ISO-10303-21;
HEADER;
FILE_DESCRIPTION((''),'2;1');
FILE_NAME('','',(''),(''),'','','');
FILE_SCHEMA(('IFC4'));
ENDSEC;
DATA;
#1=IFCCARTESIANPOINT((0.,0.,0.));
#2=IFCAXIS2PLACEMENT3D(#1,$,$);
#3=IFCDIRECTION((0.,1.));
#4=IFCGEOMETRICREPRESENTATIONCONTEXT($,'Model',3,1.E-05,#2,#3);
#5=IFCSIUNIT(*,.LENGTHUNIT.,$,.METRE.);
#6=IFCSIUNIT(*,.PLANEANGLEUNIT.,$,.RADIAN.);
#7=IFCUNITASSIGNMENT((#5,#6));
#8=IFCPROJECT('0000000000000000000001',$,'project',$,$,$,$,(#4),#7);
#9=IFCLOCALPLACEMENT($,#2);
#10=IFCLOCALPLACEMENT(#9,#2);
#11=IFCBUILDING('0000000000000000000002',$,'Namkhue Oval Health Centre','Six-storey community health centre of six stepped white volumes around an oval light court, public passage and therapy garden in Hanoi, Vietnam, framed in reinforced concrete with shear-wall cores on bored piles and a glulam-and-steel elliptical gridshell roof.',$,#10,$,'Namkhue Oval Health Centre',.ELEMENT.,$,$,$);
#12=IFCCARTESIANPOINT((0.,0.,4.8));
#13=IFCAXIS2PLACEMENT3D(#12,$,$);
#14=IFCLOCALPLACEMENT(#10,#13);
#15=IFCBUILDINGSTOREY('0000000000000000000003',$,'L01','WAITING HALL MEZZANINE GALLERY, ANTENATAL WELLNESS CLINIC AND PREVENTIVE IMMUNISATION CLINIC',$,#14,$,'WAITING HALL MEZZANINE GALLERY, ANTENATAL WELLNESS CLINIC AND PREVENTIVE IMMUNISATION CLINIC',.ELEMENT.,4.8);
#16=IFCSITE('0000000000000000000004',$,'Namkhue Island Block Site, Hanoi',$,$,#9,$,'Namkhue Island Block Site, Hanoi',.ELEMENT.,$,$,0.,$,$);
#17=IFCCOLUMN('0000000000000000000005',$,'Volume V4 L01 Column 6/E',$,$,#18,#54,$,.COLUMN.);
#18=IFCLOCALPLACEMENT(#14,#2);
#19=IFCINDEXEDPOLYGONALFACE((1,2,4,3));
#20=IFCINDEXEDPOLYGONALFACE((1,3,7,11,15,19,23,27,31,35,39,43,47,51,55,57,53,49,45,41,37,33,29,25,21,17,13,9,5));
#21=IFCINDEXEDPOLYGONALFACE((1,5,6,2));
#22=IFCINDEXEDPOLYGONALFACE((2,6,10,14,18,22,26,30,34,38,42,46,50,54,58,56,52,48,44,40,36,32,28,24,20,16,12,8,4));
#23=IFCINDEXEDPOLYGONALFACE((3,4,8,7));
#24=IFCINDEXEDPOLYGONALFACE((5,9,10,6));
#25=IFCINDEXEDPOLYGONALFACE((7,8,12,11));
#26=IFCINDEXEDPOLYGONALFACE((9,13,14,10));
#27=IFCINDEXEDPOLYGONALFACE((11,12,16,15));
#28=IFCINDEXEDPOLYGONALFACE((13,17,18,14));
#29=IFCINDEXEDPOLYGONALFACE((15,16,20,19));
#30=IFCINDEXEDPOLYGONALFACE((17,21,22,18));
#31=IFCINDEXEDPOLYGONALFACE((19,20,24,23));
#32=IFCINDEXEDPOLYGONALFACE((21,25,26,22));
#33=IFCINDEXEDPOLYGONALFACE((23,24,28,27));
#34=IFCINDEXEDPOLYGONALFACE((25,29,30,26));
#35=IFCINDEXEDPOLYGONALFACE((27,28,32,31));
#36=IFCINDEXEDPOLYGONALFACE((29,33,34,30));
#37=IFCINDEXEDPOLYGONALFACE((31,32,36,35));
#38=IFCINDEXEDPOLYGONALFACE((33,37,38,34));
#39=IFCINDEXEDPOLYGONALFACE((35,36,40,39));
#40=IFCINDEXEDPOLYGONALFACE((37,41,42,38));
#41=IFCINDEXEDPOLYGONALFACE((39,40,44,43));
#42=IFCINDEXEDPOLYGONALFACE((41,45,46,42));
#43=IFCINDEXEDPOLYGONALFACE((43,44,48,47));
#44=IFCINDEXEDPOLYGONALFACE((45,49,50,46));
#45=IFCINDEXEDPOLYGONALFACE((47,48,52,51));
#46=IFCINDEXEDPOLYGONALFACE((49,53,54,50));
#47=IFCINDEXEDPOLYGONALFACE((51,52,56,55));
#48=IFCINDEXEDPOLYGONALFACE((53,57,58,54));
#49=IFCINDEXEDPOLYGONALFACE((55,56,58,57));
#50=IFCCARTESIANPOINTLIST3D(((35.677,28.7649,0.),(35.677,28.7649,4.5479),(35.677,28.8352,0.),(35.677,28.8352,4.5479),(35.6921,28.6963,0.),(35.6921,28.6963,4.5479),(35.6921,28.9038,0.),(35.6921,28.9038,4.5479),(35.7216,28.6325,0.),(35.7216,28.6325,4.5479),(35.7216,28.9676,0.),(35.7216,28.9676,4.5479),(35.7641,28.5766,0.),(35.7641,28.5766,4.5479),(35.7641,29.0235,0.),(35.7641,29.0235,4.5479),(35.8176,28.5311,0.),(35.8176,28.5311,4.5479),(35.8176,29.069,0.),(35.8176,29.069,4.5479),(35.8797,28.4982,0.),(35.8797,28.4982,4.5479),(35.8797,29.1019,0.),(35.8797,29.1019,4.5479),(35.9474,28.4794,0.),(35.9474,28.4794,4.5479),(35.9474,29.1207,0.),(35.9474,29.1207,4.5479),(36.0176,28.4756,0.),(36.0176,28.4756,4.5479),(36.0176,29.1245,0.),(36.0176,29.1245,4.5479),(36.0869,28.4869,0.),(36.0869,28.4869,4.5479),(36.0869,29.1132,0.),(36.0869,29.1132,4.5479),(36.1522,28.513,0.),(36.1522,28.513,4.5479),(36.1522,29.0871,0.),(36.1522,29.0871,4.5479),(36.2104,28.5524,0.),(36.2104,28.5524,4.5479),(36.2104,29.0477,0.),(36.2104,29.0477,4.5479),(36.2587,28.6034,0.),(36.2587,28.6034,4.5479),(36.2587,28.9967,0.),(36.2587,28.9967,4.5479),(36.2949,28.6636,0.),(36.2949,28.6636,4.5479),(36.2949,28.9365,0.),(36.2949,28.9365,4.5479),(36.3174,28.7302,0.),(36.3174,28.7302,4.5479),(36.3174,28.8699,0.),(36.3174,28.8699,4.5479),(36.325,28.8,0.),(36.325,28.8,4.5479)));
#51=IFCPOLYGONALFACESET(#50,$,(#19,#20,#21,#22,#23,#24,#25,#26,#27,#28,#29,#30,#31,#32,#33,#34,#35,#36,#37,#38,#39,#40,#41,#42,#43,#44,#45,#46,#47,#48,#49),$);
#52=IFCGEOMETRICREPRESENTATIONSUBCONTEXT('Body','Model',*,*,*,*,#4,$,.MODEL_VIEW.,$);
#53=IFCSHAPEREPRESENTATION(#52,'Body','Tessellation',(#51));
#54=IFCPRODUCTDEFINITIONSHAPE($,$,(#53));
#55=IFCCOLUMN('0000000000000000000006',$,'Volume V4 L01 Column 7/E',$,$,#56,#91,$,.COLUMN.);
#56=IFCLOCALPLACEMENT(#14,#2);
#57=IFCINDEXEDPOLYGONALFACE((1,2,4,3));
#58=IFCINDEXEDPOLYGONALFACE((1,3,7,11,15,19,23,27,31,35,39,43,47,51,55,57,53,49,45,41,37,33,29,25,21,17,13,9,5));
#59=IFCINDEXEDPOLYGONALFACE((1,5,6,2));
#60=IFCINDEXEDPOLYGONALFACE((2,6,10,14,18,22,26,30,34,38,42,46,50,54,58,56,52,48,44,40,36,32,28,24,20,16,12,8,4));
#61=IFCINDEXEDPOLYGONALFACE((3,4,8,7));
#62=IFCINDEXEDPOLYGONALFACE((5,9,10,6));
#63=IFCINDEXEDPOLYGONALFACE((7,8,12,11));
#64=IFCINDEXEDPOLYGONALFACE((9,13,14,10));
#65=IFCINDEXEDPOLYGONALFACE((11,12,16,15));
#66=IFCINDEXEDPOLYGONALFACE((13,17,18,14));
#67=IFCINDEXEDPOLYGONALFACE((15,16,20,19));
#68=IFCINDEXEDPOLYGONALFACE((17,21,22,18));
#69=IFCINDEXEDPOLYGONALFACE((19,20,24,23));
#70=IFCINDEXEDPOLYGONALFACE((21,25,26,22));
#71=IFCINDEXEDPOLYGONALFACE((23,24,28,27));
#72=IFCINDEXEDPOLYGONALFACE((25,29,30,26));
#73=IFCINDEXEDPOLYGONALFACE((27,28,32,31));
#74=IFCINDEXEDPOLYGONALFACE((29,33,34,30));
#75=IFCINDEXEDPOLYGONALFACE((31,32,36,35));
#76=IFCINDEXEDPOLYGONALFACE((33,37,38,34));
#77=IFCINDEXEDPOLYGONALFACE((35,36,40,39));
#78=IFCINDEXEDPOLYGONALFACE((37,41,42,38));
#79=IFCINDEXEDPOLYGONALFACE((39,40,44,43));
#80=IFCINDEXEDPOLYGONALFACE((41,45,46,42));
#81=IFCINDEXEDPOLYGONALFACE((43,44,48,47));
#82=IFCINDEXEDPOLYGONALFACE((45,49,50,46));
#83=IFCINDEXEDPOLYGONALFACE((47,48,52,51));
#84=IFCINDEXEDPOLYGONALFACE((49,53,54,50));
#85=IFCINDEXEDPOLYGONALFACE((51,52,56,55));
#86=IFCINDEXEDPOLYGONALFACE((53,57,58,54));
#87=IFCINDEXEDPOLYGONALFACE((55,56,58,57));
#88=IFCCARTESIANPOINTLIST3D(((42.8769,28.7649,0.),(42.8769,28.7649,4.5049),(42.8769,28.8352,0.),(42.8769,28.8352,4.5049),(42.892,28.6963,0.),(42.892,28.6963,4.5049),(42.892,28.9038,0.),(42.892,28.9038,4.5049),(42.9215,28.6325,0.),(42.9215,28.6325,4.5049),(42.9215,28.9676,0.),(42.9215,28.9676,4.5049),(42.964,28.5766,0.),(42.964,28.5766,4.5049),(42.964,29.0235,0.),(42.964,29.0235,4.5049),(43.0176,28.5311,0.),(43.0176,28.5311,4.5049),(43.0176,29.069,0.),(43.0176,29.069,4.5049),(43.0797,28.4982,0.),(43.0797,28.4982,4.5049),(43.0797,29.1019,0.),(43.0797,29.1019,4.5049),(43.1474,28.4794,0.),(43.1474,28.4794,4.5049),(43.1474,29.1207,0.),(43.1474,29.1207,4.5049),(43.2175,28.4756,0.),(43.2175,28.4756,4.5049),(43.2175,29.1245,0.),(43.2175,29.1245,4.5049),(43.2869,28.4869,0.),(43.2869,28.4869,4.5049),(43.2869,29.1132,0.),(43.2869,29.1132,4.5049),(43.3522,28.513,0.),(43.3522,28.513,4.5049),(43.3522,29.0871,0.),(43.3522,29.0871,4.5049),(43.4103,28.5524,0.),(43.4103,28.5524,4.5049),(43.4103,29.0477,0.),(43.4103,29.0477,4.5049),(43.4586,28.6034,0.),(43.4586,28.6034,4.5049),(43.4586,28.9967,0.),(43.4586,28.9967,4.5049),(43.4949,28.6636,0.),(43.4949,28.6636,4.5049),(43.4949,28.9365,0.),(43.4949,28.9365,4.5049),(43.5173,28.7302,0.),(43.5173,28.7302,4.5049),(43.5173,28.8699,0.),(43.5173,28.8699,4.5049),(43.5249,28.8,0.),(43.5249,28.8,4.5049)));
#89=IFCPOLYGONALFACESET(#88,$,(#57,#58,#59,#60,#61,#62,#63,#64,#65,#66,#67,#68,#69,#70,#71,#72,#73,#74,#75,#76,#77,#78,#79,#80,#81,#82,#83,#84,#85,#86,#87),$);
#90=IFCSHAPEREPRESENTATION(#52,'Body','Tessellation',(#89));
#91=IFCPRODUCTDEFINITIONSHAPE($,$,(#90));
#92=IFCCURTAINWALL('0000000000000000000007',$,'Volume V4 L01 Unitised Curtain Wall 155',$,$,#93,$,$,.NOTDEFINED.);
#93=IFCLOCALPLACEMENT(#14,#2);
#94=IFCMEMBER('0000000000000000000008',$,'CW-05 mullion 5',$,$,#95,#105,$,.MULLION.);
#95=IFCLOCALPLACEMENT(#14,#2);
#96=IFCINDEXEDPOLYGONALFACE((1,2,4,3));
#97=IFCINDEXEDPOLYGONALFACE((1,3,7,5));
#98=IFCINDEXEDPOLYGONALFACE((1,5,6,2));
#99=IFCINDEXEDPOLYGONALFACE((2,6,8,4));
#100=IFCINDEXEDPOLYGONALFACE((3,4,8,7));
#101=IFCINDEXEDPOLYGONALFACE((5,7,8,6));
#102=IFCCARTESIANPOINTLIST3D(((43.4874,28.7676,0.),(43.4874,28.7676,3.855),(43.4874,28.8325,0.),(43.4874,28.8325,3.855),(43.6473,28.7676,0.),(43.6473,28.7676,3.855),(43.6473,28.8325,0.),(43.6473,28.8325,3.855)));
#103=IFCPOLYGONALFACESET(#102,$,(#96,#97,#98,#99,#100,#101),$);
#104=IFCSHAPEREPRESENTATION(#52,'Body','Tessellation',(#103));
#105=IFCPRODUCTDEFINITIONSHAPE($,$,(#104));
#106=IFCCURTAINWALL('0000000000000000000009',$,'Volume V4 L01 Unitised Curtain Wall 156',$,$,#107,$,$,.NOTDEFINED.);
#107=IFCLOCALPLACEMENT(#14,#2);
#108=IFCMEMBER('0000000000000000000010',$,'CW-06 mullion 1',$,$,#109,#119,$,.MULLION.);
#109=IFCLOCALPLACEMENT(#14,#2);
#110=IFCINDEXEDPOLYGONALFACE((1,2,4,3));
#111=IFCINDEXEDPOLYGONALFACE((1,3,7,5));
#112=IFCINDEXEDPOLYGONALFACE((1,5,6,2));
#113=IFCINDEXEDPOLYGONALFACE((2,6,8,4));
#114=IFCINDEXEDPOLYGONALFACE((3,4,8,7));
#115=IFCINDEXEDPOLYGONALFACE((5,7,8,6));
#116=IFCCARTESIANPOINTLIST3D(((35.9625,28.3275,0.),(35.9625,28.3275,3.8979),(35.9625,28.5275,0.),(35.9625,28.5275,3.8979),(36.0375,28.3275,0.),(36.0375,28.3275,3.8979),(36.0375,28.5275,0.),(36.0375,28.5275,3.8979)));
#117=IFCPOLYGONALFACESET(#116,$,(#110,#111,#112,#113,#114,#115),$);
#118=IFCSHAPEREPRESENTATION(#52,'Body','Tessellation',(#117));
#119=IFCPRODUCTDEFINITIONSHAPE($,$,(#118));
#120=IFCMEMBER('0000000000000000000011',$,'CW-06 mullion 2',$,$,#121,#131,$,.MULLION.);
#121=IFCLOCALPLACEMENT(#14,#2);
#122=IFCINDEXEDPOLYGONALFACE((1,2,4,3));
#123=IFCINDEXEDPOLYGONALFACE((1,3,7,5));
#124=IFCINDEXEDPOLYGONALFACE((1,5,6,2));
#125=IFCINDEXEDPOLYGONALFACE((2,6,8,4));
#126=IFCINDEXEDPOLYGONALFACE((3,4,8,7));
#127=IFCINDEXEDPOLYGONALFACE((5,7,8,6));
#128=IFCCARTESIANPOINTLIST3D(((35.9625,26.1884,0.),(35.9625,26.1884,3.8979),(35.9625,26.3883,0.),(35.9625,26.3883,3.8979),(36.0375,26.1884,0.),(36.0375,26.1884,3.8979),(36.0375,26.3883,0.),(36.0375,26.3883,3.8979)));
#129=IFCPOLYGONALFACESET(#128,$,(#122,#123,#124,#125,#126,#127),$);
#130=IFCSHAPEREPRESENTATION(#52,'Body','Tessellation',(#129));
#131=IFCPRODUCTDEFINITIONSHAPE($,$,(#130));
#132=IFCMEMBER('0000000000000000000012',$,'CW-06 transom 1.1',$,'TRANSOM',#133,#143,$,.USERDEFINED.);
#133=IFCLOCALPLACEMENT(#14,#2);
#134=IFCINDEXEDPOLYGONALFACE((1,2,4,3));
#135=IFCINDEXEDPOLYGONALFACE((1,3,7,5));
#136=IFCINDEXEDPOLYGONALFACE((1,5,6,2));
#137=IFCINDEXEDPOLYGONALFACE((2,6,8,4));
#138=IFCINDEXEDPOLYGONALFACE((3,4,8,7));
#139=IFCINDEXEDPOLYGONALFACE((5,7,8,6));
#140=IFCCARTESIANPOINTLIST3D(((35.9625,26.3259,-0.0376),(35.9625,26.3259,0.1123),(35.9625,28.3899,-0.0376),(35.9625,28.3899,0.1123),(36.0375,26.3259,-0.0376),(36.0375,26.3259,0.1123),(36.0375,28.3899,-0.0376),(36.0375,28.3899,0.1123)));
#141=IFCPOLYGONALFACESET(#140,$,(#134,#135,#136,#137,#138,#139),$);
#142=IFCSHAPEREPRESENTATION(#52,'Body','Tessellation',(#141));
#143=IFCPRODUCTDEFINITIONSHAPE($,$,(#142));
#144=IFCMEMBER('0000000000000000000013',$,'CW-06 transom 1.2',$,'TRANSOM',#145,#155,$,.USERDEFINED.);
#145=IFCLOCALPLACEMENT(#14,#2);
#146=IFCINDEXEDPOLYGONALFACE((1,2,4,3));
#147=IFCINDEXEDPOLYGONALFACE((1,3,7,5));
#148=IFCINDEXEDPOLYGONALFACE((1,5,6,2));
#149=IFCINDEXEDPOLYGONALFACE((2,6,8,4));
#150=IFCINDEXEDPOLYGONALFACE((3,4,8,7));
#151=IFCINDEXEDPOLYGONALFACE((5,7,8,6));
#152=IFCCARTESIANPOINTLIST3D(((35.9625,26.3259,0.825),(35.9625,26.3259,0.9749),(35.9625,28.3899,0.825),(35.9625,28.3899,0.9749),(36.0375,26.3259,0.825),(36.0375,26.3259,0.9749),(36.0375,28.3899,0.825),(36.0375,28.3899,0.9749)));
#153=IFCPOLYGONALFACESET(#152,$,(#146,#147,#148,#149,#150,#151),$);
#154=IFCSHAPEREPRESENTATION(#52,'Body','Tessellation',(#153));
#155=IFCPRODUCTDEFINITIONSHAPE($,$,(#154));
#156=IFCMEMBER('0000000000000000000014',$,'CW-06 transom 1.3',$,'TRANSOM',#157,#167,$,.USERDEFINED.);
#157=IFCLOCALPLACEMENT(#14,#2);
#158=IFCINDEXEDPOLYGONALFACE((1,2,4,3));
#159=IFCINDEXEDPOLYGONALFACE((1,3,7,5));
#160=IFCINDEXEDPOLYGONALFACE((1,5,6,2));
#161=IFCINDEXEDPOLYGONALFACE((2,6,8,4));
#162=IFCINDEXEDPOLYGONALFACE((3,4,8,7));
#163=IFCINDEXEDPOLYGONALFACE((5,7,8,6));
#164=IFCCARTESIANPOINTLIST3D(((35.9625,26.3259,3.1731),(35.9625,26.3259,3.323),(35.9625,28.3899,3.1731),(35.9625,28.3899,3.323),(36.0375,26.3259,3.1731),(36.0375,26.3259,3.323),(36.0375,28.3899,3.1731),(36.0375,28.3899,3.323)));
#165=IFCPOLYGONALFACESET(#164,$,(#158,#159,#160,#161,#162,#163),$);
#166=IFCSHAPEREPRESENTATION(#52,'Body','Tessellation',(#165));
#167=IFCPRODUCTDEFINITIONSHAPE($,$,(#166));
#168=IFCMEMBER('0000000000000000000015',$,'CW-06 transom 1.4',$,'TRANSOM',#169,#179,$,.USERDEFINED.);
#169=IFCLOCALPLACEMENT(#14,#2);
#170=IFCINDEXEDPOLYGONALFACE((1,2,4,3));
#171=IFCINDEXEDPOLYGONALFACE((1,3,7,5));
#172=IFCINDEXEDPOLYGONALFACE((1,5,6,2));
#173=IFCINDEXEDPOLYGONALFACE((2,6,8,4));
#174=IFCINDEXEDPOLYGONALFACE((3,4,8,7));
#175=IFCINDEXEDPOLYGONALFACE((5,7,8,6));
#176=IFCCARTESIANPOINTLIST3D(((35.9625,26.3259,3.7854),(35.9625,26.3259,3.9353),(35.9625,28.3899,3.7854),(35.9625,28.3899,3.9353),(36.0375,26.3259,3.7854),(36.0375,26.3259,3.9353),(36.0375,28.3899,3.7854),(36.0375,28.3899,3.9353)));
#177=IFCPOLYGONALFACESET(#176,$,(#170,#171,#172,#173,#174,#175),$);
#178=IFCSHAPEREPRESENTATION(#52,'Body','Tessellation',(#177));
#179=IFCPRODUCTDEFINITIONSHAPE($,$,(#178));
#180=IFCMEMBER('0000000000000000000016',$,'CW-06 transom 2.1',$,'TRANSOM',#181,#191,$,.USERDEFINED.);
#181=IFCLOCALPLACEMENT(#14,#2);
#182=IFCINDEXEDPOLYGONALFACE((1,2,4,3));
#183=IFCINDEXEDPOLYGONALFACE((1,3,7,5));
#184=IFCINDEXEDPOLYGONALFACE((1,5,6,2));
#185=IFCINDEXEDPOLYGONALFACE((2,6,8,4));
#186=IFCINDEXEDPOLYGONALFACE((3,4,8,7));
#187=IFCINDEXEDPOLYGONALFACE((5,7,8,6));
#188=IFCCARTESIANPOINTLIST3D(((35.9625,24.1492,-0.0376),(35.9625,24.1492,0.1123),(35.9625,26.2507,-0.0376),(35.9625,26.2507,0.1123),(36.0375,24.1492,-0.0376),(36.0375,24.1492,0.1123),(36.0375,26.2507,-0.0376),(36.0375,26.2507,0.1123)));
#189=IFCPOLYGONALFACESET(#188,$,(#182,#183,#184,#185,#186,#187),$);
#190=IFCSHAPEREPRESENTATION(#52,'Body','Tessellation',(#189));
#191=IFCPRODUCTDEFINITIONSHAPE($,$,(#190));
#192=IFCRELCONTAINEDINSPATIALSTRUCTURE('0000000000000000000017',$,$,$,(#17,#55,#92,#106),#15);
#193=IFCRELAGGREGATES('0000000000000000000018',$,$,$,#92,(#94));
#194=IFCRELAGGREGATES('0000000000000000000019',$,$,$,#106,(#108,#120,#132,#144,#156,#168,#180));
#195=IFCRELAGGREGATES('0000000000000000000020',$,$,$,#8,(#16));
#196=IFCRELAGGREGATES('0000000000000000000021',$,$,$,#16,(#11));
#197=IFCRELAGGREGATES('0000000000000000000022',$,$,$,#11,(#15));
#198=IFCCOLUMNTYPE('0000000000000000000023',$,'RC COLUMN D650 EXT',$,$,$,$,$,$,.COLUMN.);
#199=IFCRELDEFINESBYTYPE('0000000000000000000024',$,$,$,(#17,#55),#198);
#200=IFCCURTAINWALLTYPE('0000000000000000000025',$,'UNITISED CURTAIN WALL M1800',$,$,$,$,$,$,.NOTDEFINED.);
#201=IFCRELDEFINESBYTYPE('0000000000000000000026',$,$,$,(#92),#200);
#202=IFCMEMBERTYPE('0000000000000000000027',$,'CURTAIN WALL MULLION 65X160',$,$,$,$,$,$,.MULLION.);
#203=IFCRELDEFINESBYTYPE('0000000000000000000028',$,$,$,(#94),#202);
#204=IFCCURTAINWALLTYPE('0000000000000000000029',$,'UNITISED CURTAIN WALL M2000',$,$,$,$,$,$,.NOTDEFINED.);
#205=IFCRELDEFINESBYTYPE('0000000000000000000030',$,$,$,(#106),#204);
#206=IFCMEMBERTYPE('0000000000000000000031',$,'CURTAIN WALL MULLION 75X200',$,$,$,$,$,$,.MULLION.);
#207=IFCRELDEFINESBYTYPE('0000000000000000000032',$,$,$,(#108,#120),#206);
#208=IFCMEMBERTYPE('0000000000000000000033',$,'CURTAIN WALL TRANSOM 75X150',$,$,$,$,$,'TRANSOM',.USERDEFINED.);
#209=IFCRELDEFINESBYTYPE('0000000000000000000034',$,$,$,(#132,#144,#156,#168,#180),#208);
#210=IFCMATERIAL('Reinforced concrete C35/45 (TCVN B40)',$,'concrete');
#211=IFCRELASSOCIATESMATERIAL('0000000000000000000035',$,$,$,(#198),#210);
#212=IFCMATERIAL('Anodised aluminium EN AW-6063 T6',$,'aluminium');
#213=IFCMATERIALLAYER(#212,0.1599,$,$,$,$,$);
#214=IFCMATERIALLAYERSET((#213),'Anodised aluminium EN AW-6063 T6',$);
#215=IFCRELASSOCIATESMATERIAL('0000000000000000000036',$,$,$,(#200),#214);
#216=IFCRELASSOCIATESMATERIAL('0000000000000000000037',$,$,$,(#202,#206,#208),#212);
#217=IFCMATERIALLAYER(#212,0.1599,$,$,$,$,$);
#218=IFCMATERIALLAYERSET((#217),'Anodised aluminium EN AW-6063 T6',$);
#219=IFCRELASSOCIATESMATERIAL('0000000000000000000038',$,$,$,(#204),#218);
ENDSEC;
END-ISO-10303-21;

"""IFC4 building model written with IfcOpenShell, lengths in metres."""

from ifc_helpers import new_model, si_unit, direction, frame, origin, origin_2d, place, context, subcontext, project, spatial, rectangle, circle, extrude, material, layer, layer_set, material_profile, profile_set, type_object, element, aggregate, save


model = new_model("IFC4")

# Units and contexts
model_context = context("Model", 3, precision=1e-05, world=origin(), true_north=direction((0.0, 1.0)))
body_context = subcontext(model_context, "Body", "Model", "MODEL_VIEW")
ifc_project = project(units=[si_unit("LENGTHUNIT", "METRE"), si_unit("PLANEANGLEUNIT", "RADIAN")], contexts=[model_context])

# Site, building, storey
site_placement = place(None, origin())
site = spatial("IfcSite", under=ifc_project, at=site_placement, Name="Namkhue Island Block Site, Hanoi", LongName="Namkhue Island Block Site, Hanoi", CompositionType="ELEMENT", RefElevation=0.0)
building_placement = place(site_placement, origin())
building = spatial("IfcBuilding", under=site, at=building_placement, Name="Namkhue Oval Health Centre", Description="Six-storey community health centre of six stepped white volumes around an oval light court, public passage and therapy garden in Hanoi, Vietnam, framed in reinforced concrete with shear-wall cores on bored piles and a glulam-and-steel elliptical gridshell roof.", LongName="Namkhue Oval Health Centre", CompositionType="ELEMENT")
storey_placement = place(building_placement, frame((0.0, 0.0, 4.8)))
storey = spatial("IfcBuildingStorey", under=building, at=storey_placement, Name="L01", Description="WAITING HALL MEZZANINE GALLERY, ANTENATAL WELLNESS CLINIC AND PREVENTIVE IMMUNISATION CLINIC", LongName="WAITING HALL MEZZANINE GALLERY, ANTENATAL WELLNESS CLINIC AND PREVENTIVE IMMUNISATION CLINIC", CompositionType="ELEMENT", Elevation=4.8)

# Columns
ifc_material_1 = material(Name="Reinforced concrete C35/45 (TCVN B40)", Category="concrete")
ifc_material_profile_1 = material_profile(ifc_material_1, circle(Radius=0.325, at=origin_2d()), Name="RC D650")
ifc_profile_set_1 = profile_set([ifc_material_profile_1], Name="Reinforced concrete C35/45 (TCVN B40)")
column_type = type_object("IfcColumnType", Name="RC COLUMN D650 EXT", PredefinedType="COLUMN", material=ifc_profile_set_1)
column_1_placement = place(storey_placement, frame((36.0, 28.8, 0.0), z_axis=(0.0, 0.0, 1.0), x_axis=(1.0, 0.0, 0.0)))
element("IfcColumn", 1, at=column_1_placement, inside=storey, type_object=column_type, Name="Volume V4 L01 Column 6/E", PredefinedType="COLUMN", context=body_context, shape_type="SweptSolid", body=[
    extrude(circle(Radius=0.325, at=origin_2d()), origin(), (0.0, 0.0, 1.0), 4.5479),
])
column_2_placement = place(storey_placement, frame((43.2, 28.8, 0.0), z_axis=(0.0, 0.0, 1.0), x_axis=(1.0, 0.0, 0.0)))
element("IfcColumn", 2, at=column_2_placement, inside=storey, type_object=column_type, Name="Volume V4 L01 Column 7/E", PredefinedType="COLUMN", context=body_context, shape_type="SweptSolid", body=[
    extrude(circle(Radius=0.325, at=origin_2d()), origin(), (0.0, 0.0, 1.0), 4.5049),
])

# Curtain wall, member
ifc_material_2 = material(Name="Anodised aluminium EN AW-6063 T6", Category="aluminium")
ifc_layer_1 = layer(ifc_material_2, 0.1599)
ifc_layer_set_1 = layer_set([ifc_layer_1], Name="Anodised aluminium EN AW-6063 T6")
curtain_wall_type_1 = type_object("IfcCurtainWallType", Name="UNITISED CURTAIN WALL M1800", PredefinedType="NOTDEFINED", material=ifc_layer_set_1)
curtain_wall_1_placement = place(storey_placement, origin())
curtain_wall_1 = element("IfcCurtainWall", 3, at=curtain_wall_1_placement, inside=storey, type_object=curtain_wall_type_1, Name="Volume V4 L01 Unitised Curtain Wall 155", PredefinedType="NOTDEFINED")
ifc_material_profile_2 = material_profile(ifc_material_2, rectangle(XDim=0.0649, YDim=0.1599, at=origin_2d()), Name="ALU 65x160")
ifc_profile_set_2 = profile_set([ifc_material_profile_2], Name="Anodised aluminium EN AW-6063 T6")
member_type_1 = type_object("IfcMemberType", Name="CURTAIN WALL MULLION 65X160", PredefinedType="MULLION", material=ifc_profile_set_2)
member_1_placement = place(storey_placement, frame((43.5674, 28.8, 0.0), z_axis=(0.0, 0.0, 1.0), x_axis=(0.0, -1.0, 0.0)))
member_1 = element("IfcMember", 4, at=member_1_placement, type_object=member_type_1, Name="CW-05 mullion 5", PredefinedType="MULLION", context=body_context, shape_type="SweptSolid", body=[
    extrude(rectangle(XDim=0.0649, YDim=0.1599, at=origin_2d()), origin(), (0.0, 0.0, 1.0), 3.855),
])
aggregate(curtain_wall_1, [member_1])

# Curtain wall, members
ifc_layer_2 = layer(ifc_material_2, 0.1599)
ifc_layer_set_2 = layer_set([ifc_layer_2], Name="Anodised aluminium EN AW-6063 T6")
curtain_wall_type_2 = type_object("IfcCurtainWallType", Name="UNITISED CURTAIN WALL M2000", PredefinedType="NOTDEFINED", material=ifc_layer_set_2)
curtain_wall_2_placement = place(storey_placement, origin())
curtain_wall_2 = element("IfcCurtainWall", 5, at=curtain_wall_2_placement, inside=storey, type_object=curtain_wall_type_2, Name="Volume V4 L01 Unitised Curtain Wall 156", PredefinedType="NOTDEFINED")
ifc_material_profile_3 = material_profile(ifc_material_2, rectangle(XDim=0.075, YDim=0.2, at=origin_2d()), Name="ALU 75x200")
ifc_profile_set_3 = profile_set([ifc_material_profile_3], Name="Anodised aluminium EN AW-6063 T6")
member_type_2 = type_object("IfcMemberType", Name="CURTAIN WALL MULLION 75X200", PredefinedType="MULLION", material=ifc_profile_set_3)
member_2_placement = place(storey_placement, frame((36.0, 28.4275, 0.0), z_axis=(0.0, 0.0, 1.0), x_axis=(1.0, 0.0, 0.0)))
member_2 = element("IfcMember", 6, at=member_2_placement, type_object=member_type_2, Name="CW-06 mullion 1", PredefinedType="MULLION", context=body_context, shape_type="SweptSolid", body=[
    extrude(rectangle(XDim=0.075, YDim=0.2, at=origin_2d()), origin(), (0.0, 0.0, 1.0), 3.8979),
])
member_3_placement = place(storey_placement, frame((36.0, 26.2883, 0.0), z_axis=(0.0, 0.0, 1.0), x_axis=(1.0, 0.0, 0.0)))
member_3 = element("IfcMember", 7, at=member_3_placement, type_object=member_type_2, Name="CW-06 mullion 2", PredefinedType="MULLION", context=body_context, shape_type="SweptSolid", body=[
    extrude(rectangle(XDim=0.075, YDim=0.2, at=origin_2d()), origin(), (0.0, 0.0, 1.0), 3.8979),
])
ifc_material_profile_4 = material_profile(ifc_material_2, rectangle(XDim=0.075, YDim=0.1499, at=origin_2d()), Name="ALU 75x150")
ifc_profile_set_4 = profile_set([ifc_material_profile_4], Name="Anodised aluminium EN AW-6063 T6")
member_type_3 = type_object("IfcMemberType", Name="CURTAIN WALL TRANSOM 75X150", ElementType="TRANSOM", PredefinedType="USERDEFINED", material=ifc_profile_set_4)
member_4_placement = place(storey_placement, frame((36.0, 28.3899, 0.0374), z_axis=(0.0, -1.0, 0.0), x_axis=(1.0, 0.0, 0.0)))
member_4 = element("IfcMember", 8, at=member_4_placement, type_object=member_type_3, Name="CW-06 transom 1.1", ObjectType="TRANSOM", PredefinedType="USERDEFINED", context=body_context, shape_type="SweptSolid", body=[
    extrude(rectangle(XDim=0.075, YDim=0.1499, at=origin_2d()), origin(), (0.0, 0.0, 1.0), 2.064),
])
member_5_placement = place(storey_placement, frame((36.0, 28.3899, 0.8999), z_axis=(0.0, -1.0, 0.0), x_axis=(1.0, 0.0, 0.0)))
member_5 = element("IfcMember", 9, at=member_5_placement, type_object=member_type_3, Name="CW-06 transom 1.2", ObjectType="TRANSOM", PredefinedType="USERDEFINED", context=body_context, shape_type="SweptSolid", body=[
    extrude(rectangle(XDim=0.075, YDim=0.1499, at=origin_2d()), origin(), (0.0, 0.0, 1.0), 2.064),
])
member_6_placement = place(storey_placement, frame((36.0, 28.3899, 3.248), z_axis=(0.0, -1.0, 0.0), x_axis=(1.0, 0.0, 0.0)))
member_6 = element("IfcMember", 10, at=member_6_placement, type_object=member_type_3, Name="CW-06 transom 1.3", ObjectType="TRANSOM", PredefinedType="USERDEFINED", context=body_context, shape_type="SweptSolid", body=[
    extrude(rectangle(XDim=0.075, YDim=0.1499, at=origin_2d()), origin(), (0.0, 0.0, 1.0), 2.064),
])
member_7_placement = place(storey_placement, frame((36.0, 28.3899, 3.8604), z_axis=(0.0, -1.0, 0.0), x_axis=(1.0, 0.0, 0.0)))
member_7 = element("IfcMember", 11, at=member_7_placement, type_object=member_type_3, Name="CW-06 transom 1.4", ObjectType="TRANSOM", PredefinedType="USERDEFINED", context=body_context, shape_type="SweptSolid", body=[
    extrude(rectangle(XDim=0.075, YDim=0.1499, at=origin_2d()), origin(), (0.0, 0.0, 1.0), 2.064),
])
member_8_placement = place(storey_placement, frame((36.0, 26.2507, 0.0374), z_axis=(0.0, -1.0, 0.0), x_axis=(1.0, 0.0, 0.0)))
member_8 = element("IfcMember", 12, at=member_8_placement, type_object=member_type_3, Name="CW-06 transom 2.1", ObjectType="TRANSOM", PredefinedType="USERDEFINED", context=body_context, shape_type="SweptSolid", body=[
    extrude(rectangle(XDim=0.075, YDim=0.1499, at=origin_2d()), origin(), (0.0, 0.0, 1.0), 2.1016),
])

aggregate(curtain_wall_2, [member_2, member_3, member_4, member_5, member_6, member_7, member_8])

save(model, "model.ifc")
